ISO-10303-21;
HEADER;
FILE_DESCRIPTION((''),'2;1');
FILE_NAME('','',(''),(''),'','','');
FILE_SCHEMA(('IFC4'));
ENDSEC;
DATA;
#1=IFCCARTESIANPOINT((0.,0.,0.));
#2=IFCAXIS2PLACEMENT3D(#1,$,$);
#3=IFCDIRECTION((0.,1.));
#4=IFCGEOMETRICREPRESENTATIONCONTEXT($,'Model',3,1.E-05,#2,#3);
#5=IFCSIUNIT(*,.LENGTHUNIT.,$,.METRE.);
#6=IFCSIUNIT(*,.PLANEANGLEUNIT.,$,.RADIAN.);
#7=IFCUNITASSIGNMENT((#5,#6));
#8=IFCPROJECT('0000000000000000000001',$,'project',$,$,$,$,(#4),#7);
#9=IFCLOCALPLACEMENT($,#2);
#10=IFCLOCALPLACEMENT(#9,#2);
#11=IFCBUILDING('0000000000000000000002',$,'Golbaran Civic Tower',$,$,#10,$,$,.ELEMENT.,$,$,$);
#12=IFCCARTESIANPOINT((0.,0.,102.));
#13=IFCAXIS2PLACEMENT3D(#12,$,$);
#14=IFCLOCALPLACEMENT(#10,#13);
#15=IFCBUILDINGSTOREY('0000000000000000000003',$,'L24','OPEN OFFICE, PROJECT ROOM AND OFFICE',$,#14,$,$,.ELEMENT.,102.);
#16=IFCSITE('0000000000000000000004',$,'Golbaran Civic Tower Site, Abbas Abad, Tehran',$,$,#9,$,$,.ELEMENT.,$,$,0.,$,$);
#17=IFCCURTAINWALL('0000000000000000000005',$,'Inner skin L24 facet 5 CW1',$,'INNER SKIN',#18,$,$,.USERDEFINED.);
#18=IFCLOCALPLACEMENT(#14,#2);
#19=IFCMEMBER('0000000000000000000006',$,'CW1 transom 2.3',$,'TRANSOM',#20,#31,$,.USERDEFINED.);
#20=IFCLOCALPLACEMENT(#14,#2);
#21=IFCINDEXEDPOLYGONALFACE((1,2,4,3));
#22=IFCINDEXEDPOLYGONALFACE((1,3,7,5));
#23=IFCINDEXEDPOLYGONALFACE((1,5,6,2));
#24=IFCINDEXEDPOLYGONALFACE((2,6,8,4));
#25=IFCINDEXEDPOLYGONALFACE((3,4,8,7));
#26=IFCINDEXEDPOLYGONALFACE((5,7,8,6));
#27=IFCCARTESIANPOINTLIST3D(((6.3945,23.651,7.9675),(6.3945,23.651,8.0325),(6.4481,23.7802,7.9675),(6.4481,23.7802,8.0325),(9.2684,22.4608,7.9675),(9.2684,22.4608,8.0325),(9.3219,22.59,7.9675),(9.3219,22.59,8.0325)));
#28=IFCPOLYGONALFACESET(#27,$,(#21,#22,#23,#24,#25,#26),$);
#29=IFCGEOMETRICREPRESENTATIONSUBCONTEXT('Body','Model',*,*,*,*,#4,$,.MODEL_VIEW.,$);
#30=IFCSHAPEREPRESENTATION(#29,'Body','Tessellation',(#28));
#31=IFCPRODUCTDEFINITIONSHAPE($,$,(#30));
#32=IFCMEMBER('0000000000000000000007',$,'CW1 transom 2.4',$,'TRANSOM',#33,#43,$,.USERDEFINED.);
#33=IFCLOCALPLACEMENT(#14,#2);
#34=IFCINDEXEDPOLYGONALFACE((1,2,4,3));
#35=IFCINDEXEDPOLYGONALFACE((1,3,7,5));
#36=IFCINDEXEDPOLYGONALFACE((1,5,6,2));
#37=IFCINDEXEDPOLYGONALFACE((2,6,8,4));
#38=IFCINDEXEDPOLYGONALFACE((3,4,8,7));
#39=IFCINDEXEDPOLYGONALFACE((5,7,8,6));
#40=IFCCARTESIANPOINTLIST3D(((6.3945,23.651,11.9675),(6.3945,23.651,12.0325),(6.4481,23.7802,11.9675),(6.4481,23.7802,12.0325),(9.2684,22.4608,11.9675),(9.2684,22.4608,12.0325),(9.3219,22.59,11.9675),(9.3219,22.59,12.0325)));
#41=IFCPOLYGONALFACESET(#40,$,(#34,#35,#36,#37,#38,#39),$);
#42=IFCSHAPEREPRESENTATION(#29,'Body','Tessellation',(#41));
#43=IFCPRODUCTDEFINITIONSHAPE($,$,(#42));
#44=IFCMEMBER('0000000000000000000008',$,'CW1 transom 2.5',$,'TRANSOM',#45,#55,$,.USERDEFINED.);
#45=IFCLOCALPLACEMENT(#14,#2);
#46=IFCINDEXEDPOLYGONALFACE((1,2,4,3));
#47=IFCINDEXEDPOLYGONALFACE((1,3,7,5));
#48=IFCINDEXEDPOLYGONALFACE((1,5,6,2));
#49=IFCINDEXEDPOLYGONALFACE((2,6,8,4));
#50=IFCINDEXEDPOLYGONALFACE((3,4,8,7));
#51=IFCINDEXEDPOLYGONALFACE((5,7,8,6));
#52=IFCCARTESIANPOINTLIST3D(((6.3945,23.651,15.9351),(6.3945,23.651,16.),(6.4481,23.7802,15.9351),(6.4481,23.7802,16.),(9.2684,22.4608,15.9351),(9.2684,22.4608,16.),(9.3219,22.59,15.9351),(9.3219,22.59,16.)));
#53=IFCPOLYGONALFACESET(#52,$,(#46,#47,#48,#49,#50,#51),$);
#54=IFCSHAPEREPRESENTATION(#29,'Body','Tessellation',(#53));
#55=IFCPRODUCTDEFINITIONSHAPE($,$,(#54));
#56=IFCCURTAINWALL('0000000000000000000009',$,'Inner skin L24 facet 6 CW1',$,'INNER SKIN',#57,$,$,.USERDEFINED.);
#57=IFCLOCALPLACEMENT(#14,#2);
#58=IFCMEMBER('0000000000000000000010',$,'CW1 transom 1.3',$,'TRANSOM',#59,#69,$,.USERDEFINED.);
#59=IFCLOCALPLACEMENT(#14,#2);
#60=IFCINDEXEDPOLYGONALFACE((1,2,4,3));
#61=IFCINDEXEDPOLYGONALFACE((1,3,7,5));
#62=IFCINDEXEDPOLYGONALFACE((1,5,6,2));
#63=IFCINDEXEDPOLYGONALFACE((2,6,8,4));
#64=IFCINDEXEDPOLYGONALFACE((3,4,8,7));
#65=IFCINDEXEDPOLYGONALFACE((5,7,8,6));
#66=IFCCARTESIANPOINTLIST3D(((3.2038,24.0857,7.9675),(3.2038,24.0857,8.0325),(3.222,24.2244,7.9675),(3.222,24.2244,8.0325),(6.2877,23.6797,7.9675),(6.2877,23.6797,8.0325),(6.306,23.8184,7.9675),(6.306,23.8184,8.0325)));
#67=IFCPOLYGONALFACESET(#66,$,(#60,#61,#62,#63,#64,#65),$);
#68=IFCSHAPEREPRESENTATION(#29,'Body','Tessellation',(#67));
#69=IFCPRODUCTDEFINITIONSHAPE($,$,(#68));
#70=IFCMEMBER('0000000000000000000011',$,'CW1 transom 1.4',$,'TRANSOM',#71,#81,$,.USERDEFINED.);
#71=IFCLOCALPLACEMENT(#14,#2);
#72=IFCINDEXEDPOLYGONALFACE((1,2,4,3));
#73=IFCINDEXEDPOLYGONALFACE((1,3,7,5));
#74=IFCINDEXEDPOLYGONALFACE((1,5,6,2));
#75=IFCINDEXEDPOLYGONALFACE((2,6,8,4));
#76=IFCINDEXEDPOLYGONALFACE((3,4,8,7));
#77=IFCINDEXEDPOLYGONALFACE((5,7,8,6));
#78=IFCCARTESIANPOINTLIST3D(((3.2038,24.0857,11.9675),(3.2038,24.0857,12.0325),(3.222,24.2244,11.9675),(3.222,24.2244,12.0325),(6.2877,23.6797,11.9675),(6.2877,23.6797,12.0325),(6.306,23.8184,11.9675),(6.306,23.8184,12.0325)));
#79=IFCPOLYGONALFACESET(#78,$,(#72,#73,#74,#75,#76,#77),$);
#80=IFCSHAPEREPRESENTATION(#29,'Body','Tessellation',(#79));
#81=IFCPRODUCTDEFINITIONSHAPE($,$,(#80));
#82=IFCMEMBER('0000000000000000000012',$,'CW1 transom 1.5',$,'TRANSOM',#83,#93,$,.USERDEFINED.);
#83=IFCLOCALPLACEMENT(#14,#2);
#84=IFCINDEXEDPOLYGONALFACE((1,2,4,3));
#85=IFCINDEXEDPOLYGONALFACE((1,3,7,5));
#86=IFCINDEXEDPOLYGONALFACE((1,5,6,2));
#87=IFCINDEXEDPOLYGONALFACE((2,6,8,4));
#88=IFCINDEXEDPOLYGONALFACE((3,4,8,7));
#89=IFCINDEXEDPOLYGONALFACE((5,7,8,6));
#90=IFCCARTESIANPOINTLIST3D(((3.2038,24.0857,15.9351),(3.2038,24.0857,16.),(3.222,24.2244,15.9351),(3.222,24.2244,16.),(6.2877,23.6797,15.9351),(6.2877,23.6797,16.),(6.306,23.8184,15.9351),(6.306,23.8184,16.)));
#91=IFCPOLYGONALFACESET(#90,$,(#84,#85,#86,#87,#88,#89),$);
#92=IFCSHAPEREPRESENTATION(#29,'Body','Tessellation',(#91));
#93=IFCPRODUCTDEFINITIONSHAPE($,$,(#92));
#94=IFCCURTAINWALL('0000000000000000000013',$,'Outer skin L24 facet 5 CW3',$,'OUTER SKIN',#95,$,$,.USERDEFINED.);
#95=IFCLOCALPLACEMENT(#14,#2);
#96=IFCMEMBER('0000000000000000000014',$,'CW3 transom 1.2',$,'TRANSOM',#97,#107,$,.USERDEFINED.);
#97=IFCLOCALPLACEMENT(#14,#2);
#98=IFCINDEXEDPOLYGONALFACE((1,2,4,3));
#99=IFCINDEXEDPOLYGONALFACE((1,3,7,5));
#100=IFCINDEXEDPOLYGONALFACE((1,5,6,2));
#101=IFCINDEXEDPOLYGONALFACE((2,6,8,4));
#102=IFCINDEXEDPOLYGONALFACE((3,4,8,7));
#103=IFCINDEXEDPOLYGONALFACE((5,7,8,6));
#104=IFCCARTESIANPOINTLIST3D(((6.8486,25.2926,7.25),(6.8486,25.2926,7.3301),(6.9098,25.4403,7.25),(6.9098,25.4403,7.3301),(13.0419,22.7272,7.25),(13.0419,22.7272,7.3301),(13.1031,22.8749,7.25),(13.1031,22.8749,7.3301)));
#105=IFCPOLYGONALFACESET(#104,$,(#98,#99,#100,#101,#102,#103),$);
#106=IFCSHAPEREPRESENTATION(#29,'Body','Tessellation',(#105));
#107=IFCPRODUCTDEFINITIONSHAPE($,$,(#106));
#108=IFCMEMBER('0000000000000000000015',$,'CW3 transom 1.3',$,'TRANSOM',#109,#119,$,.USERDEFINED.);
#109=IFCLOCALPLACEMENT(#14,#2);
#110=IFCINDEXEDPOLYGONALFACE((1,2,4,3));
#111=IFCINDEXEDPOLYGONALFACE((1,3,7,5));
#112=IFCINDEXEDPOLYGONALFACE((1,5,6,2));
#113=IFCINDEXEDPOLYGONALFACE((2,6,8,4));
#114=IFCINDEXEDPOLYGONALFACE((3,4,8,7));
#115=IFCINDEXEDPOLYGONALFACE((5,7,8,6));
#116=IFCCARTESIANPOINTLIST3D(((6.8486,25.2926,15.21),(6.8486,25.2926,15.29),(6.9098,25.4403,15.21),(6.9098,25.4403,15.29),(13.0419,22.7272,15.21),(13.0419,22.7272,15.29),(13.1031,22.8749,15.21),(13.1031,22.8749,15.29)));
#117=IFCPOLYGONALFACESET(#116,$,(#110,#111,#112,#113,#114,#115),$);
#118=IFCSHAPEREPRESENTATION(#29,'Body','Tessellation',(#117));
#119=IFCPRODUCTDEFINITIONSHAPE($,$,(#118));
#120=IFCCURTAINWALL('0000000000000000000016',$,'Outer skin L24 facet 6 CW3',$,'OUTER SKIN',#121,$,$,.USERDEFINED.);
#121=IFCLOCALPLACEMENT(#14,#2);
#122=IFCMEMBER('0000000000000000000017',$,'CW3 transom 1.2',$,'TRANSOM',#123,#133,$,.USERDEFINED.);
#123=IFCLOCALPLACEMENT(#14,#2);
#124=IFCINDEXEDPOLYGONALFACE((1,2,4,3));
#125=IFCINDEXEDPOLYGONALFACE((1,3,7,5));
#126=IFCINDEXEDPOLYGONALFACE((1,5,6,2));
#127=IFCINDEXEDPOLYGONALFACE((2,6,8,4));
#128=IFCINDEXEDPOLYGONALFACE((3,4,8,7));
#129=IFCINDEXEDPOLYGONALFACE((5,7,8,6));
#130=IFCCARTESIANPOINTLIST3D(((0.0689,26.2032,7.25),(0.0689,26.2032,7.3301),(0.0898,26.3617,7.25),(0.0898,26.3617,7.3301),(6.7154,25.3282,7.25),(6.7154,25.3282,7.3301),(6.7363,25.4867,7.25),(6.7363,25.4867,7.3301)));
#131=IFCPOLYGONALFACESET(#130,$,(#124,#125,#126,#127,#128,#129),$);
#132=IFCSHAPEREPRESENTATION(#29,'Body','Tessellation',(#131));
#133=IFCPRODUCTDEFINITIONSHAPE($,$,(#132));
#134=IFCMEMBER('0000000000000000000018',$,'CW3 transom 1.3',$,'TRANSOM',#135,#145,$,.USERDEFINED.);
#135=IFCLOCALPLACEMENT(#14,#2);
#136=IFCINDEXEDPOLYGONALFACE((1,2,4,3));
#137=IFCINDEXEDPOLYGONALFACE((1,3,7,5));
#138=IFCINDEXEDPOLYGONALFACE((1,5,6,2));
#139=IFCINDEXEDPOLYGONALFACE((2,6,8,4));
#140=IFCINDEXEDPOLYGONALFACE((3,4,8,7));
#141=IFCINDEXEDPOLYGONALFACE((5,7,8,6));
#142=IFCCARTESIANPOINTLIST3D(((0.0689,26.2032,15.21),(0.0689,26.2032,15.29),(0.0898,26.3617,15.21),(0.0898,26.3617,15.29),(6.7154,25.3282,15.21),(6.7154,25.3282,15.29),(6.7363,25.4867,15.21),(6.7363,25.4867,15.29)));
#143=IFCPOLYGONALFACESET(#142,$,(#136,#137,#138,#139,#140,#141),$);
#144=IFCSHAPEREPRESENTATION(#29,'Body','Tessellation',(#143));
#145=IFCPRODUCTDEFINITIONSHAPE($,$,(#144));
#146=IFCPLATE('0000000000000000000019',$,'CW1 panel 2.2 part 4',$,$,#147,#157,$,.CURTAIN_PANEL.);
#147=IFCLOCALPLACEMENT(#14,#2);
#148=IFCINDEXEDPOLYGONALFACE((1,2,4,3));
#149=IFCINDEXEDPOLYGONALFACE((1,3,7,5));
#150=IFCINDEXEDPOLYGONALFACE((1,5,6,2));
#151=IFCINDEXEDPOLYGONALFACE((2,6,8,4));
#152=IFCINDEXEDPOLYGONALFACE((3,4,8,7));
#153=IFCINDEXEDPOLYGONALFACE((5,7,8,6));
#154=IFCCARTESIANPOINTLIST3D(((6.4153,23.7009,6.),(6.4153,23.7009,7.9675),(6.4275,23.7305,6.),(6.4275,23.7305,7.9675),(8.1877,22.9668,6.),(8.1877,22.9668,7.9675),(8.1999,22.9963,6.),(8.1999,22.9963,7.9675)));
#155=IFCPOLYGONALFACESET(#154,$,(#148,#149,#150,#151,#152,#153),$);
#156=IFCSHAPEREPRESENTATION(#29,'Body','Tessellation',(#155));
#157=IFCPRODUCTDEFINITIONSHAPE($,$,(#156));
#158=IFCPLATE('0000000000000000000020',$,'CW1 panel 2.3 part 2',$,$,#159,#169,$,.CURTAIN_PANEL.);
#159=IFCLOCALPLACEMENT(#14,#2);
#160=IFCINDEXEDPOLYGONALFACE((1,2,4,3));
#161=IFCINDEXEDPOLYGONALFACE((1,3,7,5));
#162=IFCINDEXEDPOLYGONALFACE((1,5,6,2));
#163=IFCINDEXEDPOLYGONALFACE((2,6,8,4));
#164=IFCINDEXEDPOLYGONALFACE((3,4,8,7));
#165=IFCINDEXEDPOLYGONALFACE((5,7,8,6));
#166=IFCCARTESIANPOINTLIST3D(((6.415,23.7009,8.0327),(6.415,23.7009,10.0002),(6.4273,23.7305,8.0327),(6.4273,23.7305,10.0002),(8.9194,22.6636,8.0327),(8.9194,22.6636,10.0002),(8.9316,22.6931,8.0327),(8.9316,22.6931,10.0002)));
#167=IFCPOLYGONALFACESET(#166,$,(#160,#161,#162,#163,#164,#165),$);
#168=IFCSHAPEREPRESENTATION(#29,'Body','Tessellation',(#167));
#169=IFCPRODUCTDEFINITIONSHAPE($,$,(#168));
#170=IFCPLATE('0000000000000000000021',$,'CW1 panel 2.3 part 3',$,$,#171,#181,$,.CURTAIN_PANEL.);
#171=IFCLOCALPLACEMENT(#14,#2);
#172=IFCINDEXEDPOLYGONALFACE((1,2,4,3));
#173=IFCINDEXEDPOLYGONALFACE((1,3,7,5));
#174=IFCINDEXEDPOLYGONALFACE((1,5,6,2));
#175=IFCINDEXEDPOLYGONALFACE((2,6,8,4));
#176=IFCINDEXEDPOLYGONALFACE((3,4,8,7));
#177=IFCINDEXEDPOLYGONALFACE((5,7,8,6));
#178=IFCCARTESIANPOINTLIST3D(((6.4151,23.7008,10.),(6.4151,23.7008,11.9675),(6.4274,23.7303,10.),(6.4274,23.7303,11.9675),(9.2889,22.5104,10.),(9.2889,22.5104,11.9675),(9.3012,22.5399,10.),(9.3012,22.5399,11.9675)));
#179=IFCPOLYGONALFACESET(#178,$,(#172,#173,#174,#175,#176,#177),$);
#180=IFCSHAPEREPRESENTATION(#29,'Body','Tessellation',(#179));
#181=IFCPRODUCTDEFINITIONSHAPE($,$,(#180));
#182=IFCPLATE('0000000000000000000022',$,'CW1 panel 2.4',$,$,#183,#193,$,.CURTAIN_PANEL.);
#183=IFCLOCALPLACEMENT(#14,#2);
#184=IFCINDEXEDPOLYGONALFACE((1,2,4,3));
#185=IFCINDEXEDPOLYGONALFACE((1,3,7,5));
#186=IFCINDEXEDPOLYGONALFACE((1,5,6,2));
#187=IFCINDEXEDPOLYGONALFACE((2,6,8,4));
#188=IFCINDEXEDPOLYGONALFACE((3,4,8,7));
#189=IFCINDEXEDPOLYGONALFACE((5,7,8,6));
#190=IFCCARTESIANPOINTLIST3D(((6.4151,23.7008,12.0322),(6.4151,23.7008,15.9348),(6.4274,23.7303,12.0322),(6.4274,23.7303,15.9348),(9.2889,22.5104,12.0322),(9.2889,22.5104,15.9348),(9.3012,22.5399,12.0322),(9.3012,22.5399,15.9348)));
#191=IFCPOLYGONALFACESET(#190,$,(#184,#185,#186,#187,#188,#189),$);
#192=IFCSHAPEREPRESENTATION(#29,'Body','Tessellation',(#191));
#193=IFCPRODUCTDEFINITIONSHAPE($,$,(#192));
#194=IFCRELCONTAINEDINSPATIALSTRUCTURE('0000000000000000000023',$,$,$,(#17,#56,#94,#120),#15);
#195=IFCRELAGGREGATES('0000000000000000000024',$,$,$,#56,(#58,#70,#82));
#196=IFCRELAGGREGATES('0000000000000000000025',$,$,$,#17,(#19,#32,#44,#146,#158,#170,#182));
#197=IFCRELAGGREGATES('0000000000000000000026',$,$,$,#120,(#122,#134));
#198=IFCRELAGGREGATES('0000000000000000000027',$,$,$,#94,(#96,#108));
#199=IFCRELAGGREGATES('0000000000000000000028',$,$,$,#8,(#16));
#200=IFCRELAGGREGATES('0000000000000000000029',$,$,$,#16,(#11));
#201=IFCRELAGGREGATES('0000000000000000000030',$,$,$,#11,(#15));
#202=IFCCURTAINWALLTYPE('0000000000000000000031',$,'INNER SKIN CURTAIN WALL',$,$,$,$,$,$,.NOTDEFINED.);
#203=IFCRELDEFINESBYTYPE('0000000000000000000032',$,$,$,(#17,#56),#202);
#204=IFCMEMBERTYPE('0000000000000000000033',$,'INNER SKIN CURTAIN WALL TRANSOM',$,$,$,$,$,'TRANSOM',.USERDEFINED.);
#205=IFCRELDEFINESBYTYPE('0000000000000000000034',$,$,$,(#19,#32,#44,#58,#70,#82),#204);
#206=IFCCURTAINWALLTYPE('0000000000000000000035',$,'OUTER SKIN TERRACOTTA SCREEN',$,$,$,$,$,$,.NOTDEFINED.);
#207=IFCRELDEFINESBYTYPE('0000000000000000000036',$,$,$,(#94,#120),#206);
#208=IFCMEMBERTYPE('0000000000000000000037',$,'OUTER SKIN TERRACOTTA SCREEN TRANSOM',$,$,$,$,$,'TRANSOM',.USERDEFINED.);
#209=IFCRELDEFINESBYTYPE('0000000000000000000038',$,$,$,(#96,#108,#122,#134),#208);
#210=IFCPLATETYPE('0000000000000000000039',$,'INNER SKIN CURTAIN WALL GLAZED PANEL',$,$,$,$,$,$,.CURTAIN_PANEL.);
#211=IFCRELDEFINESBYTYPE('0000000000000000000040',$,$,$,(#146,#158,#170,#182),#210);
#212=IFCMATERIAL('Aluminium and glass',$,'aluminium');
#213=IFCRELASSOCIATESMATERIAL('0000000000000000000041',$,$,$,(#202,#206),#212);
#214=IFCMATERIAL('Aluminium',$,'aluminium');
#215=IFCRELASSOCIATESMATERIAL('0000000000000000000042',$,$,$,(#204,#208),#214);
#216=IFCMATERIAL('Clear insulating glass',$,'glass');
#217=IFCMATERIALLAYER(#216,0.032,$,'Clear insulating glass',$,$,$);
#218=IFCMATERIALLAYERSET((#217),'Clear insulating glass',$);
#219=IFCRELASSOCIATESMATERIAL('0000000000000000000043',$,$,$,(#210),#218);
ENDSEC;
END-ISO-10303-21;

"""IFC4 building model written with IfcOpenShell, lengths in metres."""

from ifc_helpers import new_model, si_unit, direction, frame, origin, origin_2d, place, context, subcontext, project, spatial, rectangle, extrude, material, layer, layer_set, material_profile, profile_set, type_object, element, aggregate, save


model = new_model("IFC4")

# Units and contexts
model_context = context("Model", 3, precision=1e-05, world=origin(), true_north=direction((0.0, 1.0)))
body_context = subcontext(model_context, "Body", "Model", "MODEL_VIEW")
ifc_project = project(units=[si_unit("LENGTHUNIT", "METRE"), si_unit("PLANEANGLEUNIT", "RADIAN")], contexts=[model_context])

# Site, building, storey
site_placement = place(None, origin())
site = spatial("IfcSite", under=ifc_project, at=site_placement, Name="Golbaran Civic Tower Site, Abbas Abad, Tehran", CompositionType="ELEMENT", RefElevation=0.0)
building_placement = place(site_placement, origin())
building = spatial("IfcBuilding", under=site, at=building_placement, Name="Golbaran Civic Tower", CompositionType="ELEMENT")
storey_placement = place(building_placement, frame((0.0, 0.0, 102.0)))
storey = spatial("IfcBuildingStorey", under=building, at=storey_placement, Name="L24", Description="OPEN OFFICE, PROJECT ROOM AND OFFICE", CompositionType="ELEMENT", Elevation=102.0)

# Curtain walls, members
ifc_material_1 = material(Name="Aluminium and glass", Category="aluminium")
curtain_wall_type_1 = type_object("IfcCurtainWallType", Name="INNER SKIN CURTAIN WALL", PredefinedType="NOTDEFINED", material=ifc_material_1)
curtain_wall_1_placement = place(storey_placement, origin())
curtain_wall_1 = element("IfcCurtainWall", 1, at=curtain_wall_1_placement, inside=storey, type_object=curtain_wall_type_1, Name="Inner skin L24 facet 5 CW1", ObjectType="INNER SKIN", PredefinedType="USERDEFINED")
ifc_material_2 = material(Name="Aluminium", Category="aluminium")
ifc_material_profile_1 = material_profile(ifc_material_2, rectangle(XDim=0.1399, YDim=0.0649, at=origin_2d()), Name="INNER SKIN CURTAIN WALL TRANSOM")
ifc_profile_set_1 = profile_set([ifc_material_profile_1], Name="Aluminium")
member_type_1 = type_object("IfcMemberType", Name="INNER SKIN CURTAIN WALL TRANSOM", ElementType="TRANSOM", PredefinedType="USERDEFINED", material=ifc_profile_set_1)
member_1_placement = place(storey_placement, frame((9.2952, 22.5254, 8.0), z_axis=(-0.923899, 0.382636, 0.0), x_axis=(-0.382636, -0.923899, 0.0)))
member_1 = element("IfcMember", 2, at=member_1_placement, type_object=member_type_1, Name="CW1 transom 2.3", ObjectType="TRANSOM", PredefinedType="USERDEFINED", context=body_context, shape_type="SweptSolid", body=[
    extrude(rectangle(XDim=0.1399, YDim=0.0649, at=origin_2d()), origin(), (0.0, 0.0, 1.0), 3.1106),
])
member_2_placement = place(storey_placement, frame((9.2952, 22.5254, 12.0), z_axis=(-0.923899, 0.382636, 0.0), x_axis=(-0.382636, -0.923899, 0.0)))
member_2 = element("IfcMember", 3, at=member_2_placement, type_object=member_type_1, Name="CW1 transom 2.4", ObjectType="TRANSOM", PredefinedType="USERDEFINED", context=body_context, shape_type="SweptSolid", body=[
    extrude(rectangle(XDim=0.1399, YDim=0.0649, at=origin_2d()), origin(), (0.0, 0.0, 1.0), 3.1106),
])
member_3_placement = place(storey_placement, frame((9.2952, 22.5254, 15.9675), z_axis=(-0.923899, 0.382636, 0.0), x_axis=(-0.382636, -0.923899, 0.0)))
member_3 = element("IfcMember", 4, at=member_3_placement, type_object=member_type_1, Name="CW1 transom 2.5", ObjectType="TRANSOM", PredefinedType="USERDEFINED", context=body_context, shape_type="SweptSolid", body=[
    extrude(rectangle(XDim=0.1399, YDim=0.0649, at=origin_2d()), origin(), (0.0, 0.0, 1.0), 3.1106),
])
curtain_wall_2_placement = place(storey_placement, origin())
curtain_wall_2 = element("IfcCurtainWall", 5, at=curtain_wall_2_placement, inside=storey, type_object=curtain_wall_type_1, Name="Inner skin L24 facet 6 CW1", ObjectType="INNER SKIN", PredefinedType="USERDEFINED")
member_4_placement = place(storey_placement, frame((6.2969, 23.749, 8.0), z_axis=(-0.991445, 0.130524, 0.0), x_axis=(-0.130524, -0.991445, 0.0)))
member_4 = element("IfcMember", 6, at=member_4_placement, type_object=member_type_1, Name="CW1 transom 1.3", ObjectType="TRANSOM", PredefinedType="USERDEFINED", context=body_context, shape_type="SweptSolid", body=[
    extrude(rectangle(XDim=0.1399, YDim=0.0649, at=origin_2d()), origin(), (0.0, 0.0, 1.0), 3.1106),
])
member_5_placement = place(storey_placement, frame((6.2969, 23.749, 12.0), z_axis=(-0.991445, 0.130524, 0.0), x_axis=(-0.130524, -0.991445, 0.0)))
member_5 = element("IfcMember", 7, at=member_5_placement, type_object=member_type_1, Name="CW1 transom 1.4", ObjectType="TRANSOM", PredefinedType="USERDEFINED", context=body_context, shape_type="SweptSolid", body=[
    extrude(rectangle(XDim=0.1399, YDim=0.0649, at=origin_2d()), origin(), (0.0, 0.0, 1.0), 3.1106),
])
member_6_placement = place(storey_placement, frame((6.2969, 23.749, 15.9675), z_axis=(-0.991445, 0.130524, 0.0), x_axis=(-0.130524, -0.991445, 0.0)))
member_6 = element("IfcMember", 8, at=member_6_placement, type_object=member_type_1, Name="CW1 transom 1.5", ObjectType="TRANSOM", PredefinedType="USERDEFINED", context=body_context, shape_type="SweptSolid", body=[
    extrude(rectangle(XDim=0.1399, YDim=0.0649, at=origin_2d()), origin(), (0.0, 0.0, 1.0), 3.1106),
])
curtain_wall_type_2 = type_object("IfcCurtainWallType", Name="OUTER SKIN TERRACOTTA SCREEN", PredefinedType="NOTDEFINED", material=ifc_material_1)
curtain_wall_3_placement = place(storey_placement, origin())
curtain_wall_3 = element("IfcCurtainWall", 9, at=curtain_wall_3_placement, inside=storey, type_object=curtain_wall_type_2, Name="Outer skin L24 facet 5 CW3", ObjectType="OUTER SKIN", PredefinedType="USERDEFINED")
ifc_material_profile_2 = material_profile(ifc_material_2, rectangle(XDim=0.1599, YDim=0.0801, at=origin_2d()), Name="OUTER SKIN TERRACOTTA SCREEN TRANSOM")
ifc_profile_set_2 = profile_set([ifc_material_profile_2], Name="Aluminium")
member_type_2 = type_object("IfcMemberType", Name="OUTER SKIN TERRACOTTA SCREEN TRANSOM", ElementType="TRANSOM", PredefinedType="USERDEFINED", material=ifc_profile_set_2)
member_7_placement = place(storey_placement, frame((13.0725, 22.801, 7.29), z_axis=(-0.923877, 0.382691, 0.0), x_axis=(-0.382691, -0.923877, 0.0)))
member_7 = element("IfcMember", 10, at=member_7_placement, type_object=member_type_2, Name="CW3 transom 1.2", ObjectType="TRANSOM", PredefinedType="USERDEFINED", context=body_context, shape_type="SweptSolid", body=[
    extrude(rectangle(XDim=0.1599, YDim=0.0801, at=origin_2d()), origin(), (0.0, 0.0, 1.0), 6.7036),
])
member_8_placement = place(storey_placement, frame((13.0725, 22.801, 15.25), z_axis=(-0.923877, 0.382691, 0.0), x_axis=(-0.382691, -0.923877, 0.0)))
member_8 = element("IfcMember", 11, at=member_8_placement, type_object=member_type_2, Name="CW3 transom 1.3", ObjectType="TRANSOM", PredefinedType="USERDEFINED", context=body_context, shape_type="SweptSolid", body=[
    extrude(rectangle(XDim=0.1599, YDim=0.0801, at=origin_2d()), origin(), (0.0, 0.0, 1.0), 6.7036),
])
curtain_wall_4_placement = place(storey_placement, origin())
curtain_wall_4 = element("IfcCurtainWall", 12, at=curtain_wall_4_placement, inside=storey, type_object=curtain_wall_type_2, Name="Outer skin L24 facet 6 CW3", ObjectType="OUTER SKIN", PredefinedType="USERDEFINED")
member_9_placement = place(storey_placement, frame((6.7258, 25.4075, 7.29), z_axis=(-0.991445, 0.130522, 0.0), x_axis=(-0.130522, -0.991445, 0.0)))
member_9 = element("IfcMember", 13, at=member_9_placement, type_object=member_type_2, Name="CW3 transom 1.2", ObjectType="TRANSOM", PredefinedType="USERDEFINED", context=body_context, shape_type="SweptSolid", body=[
    extrude(rectangle(XDim=0.1599, YDim=0.0801, at=origin_2d()), origin(), (0.0, 0.0, 1.0), 6.7039),
])
member_10_placement = place(storey_placement, frame((6.7258, 25.4075, 15.25), z_axis=(-0.991445, 0.130522, 0.0), x_axis=(-0.130522, -0.991445, 0.0)))
member_10 = element("IfcMember", 14, at=member_10_placement, type_object=member_type_2, Name="CW3 transom 1.3", ObjectType="TRANSOM", PredefinedType="USERDEFINED", context=body_context, shape_type="SweptSolid", body=[
    extrude(rectangle(XDim=0.1599, YDim=0.0801, at=origin_2d()), origin(), (0.0, 0.0, 1.0), 6.7039),
])

# Plates
ifc_material_3 = material(Name="Clear insulating glass", Category="glass")
ifc_layer_1 = layer(ifc_material_3, 0.032, Name="Clear insulating glass")
ifc_layer_set_1 = layer_set([ifc_layer_1], Name="Clear insulating glass")
plate_type_1 = type_object("IfcPlateType", Name="INNER SKIN CURTAIN WALL GLAZED PANEL", PredefinedType="CURTAIN_PANEL", material=ifc_layer_set_1)
plate_1_placement = place(storey_placement, frame((7.3076, 23.3486, 6.0), z_axis=(0.0, 0.0, 1.0), x_axis=(-0.92388, 0.382683, 0.0)))
plate_1 = element("IfcPlate", 15, at=plate_1_placement, type_object=plate_type_1, Name="CW1 panel 2.2 part 4", PredefinedType="CURTAIN_PANEL", context=body_context, shape_type="SweptSolid", body=[
    extrude(rectangle(XDim=1.9185, YDim=0.032, at=origin_2d()), origin(), (0.0, 0.0, 1.0), 1.9675),
])
plate_2_placement = place(storey_placement, frame((7.6733, 23.197, 8.0327), z_axis=(0.0, 0.0, 1.0), x_axis=(-0.92388, 0.382683, 0.0)))
plate_2 = element("IfcPlate", 16, at=plate_2_placement, type_object=plate_type_1, Name="CW1 panel 2.3 part 2", PredefinedType="CURTAIN_PANEL", context=body_context, shape_type="SweptSolid", body=[
    extrude(rectangle(XDim=2.7107, YDim=0.032, at=origin_2d()), origin(), (0.0, 0.0, 1.0), 1.9675),
])
plate_3_placement = place(storey_placement, frame((7.8582, 23.1204, 10.0), z_axis=(0.0, 0.0, 1.0), x_axis=(-0.92388, 0.382683, 0.0)))
plate_3 = element("IfcPlate", 17, at=plate_3_placement, type_object=plate_type_1, Name="CW1 panel 2.3 part 3", PredefinedType="CURTAIN_PANEL", context=body_context, shape_type="SweptSolid", body=[
    extrude(rectangle(XDim=3.1106, YDim=0.032, at=origin_2d()), origin(), (0.0, 0.0, 1.0), 1.9675),
])
plate_4_placement = place(storey_placement, frame((7.8582, 23.1204, 12.0322), z_axis=(0.0, 0.0, 1.0), x_axis=(-0.92388, 0.382683, 0.0)))
plate_4 = element("IfcPlate", 18, at=plate_4_placement, type_object=plate_type_1, Name="CW1 panel 2.4", PredefinedType="CURTAIN_PANEL", context=body_context, shape_type="SweptSolid", body=[
    extrude(rectangle(XDim=3.1106, YDim=0.032, at=origin_2d()), origin(), (0.0, 0.0, 1.0), 3.9026),
])
aggregate(curtain_wall_2, [member_4, member_5, member_6])
aggregate(curtain_wall_1, [member_1, member_2, member_3, plate_1, plate_2, plate_3, plate_4])
aggregate(curtain_wall_4, [member_9, member_10])
aggregate(curtain_wall_3, [member_7, member_8])

save(model, "model.ifc")
